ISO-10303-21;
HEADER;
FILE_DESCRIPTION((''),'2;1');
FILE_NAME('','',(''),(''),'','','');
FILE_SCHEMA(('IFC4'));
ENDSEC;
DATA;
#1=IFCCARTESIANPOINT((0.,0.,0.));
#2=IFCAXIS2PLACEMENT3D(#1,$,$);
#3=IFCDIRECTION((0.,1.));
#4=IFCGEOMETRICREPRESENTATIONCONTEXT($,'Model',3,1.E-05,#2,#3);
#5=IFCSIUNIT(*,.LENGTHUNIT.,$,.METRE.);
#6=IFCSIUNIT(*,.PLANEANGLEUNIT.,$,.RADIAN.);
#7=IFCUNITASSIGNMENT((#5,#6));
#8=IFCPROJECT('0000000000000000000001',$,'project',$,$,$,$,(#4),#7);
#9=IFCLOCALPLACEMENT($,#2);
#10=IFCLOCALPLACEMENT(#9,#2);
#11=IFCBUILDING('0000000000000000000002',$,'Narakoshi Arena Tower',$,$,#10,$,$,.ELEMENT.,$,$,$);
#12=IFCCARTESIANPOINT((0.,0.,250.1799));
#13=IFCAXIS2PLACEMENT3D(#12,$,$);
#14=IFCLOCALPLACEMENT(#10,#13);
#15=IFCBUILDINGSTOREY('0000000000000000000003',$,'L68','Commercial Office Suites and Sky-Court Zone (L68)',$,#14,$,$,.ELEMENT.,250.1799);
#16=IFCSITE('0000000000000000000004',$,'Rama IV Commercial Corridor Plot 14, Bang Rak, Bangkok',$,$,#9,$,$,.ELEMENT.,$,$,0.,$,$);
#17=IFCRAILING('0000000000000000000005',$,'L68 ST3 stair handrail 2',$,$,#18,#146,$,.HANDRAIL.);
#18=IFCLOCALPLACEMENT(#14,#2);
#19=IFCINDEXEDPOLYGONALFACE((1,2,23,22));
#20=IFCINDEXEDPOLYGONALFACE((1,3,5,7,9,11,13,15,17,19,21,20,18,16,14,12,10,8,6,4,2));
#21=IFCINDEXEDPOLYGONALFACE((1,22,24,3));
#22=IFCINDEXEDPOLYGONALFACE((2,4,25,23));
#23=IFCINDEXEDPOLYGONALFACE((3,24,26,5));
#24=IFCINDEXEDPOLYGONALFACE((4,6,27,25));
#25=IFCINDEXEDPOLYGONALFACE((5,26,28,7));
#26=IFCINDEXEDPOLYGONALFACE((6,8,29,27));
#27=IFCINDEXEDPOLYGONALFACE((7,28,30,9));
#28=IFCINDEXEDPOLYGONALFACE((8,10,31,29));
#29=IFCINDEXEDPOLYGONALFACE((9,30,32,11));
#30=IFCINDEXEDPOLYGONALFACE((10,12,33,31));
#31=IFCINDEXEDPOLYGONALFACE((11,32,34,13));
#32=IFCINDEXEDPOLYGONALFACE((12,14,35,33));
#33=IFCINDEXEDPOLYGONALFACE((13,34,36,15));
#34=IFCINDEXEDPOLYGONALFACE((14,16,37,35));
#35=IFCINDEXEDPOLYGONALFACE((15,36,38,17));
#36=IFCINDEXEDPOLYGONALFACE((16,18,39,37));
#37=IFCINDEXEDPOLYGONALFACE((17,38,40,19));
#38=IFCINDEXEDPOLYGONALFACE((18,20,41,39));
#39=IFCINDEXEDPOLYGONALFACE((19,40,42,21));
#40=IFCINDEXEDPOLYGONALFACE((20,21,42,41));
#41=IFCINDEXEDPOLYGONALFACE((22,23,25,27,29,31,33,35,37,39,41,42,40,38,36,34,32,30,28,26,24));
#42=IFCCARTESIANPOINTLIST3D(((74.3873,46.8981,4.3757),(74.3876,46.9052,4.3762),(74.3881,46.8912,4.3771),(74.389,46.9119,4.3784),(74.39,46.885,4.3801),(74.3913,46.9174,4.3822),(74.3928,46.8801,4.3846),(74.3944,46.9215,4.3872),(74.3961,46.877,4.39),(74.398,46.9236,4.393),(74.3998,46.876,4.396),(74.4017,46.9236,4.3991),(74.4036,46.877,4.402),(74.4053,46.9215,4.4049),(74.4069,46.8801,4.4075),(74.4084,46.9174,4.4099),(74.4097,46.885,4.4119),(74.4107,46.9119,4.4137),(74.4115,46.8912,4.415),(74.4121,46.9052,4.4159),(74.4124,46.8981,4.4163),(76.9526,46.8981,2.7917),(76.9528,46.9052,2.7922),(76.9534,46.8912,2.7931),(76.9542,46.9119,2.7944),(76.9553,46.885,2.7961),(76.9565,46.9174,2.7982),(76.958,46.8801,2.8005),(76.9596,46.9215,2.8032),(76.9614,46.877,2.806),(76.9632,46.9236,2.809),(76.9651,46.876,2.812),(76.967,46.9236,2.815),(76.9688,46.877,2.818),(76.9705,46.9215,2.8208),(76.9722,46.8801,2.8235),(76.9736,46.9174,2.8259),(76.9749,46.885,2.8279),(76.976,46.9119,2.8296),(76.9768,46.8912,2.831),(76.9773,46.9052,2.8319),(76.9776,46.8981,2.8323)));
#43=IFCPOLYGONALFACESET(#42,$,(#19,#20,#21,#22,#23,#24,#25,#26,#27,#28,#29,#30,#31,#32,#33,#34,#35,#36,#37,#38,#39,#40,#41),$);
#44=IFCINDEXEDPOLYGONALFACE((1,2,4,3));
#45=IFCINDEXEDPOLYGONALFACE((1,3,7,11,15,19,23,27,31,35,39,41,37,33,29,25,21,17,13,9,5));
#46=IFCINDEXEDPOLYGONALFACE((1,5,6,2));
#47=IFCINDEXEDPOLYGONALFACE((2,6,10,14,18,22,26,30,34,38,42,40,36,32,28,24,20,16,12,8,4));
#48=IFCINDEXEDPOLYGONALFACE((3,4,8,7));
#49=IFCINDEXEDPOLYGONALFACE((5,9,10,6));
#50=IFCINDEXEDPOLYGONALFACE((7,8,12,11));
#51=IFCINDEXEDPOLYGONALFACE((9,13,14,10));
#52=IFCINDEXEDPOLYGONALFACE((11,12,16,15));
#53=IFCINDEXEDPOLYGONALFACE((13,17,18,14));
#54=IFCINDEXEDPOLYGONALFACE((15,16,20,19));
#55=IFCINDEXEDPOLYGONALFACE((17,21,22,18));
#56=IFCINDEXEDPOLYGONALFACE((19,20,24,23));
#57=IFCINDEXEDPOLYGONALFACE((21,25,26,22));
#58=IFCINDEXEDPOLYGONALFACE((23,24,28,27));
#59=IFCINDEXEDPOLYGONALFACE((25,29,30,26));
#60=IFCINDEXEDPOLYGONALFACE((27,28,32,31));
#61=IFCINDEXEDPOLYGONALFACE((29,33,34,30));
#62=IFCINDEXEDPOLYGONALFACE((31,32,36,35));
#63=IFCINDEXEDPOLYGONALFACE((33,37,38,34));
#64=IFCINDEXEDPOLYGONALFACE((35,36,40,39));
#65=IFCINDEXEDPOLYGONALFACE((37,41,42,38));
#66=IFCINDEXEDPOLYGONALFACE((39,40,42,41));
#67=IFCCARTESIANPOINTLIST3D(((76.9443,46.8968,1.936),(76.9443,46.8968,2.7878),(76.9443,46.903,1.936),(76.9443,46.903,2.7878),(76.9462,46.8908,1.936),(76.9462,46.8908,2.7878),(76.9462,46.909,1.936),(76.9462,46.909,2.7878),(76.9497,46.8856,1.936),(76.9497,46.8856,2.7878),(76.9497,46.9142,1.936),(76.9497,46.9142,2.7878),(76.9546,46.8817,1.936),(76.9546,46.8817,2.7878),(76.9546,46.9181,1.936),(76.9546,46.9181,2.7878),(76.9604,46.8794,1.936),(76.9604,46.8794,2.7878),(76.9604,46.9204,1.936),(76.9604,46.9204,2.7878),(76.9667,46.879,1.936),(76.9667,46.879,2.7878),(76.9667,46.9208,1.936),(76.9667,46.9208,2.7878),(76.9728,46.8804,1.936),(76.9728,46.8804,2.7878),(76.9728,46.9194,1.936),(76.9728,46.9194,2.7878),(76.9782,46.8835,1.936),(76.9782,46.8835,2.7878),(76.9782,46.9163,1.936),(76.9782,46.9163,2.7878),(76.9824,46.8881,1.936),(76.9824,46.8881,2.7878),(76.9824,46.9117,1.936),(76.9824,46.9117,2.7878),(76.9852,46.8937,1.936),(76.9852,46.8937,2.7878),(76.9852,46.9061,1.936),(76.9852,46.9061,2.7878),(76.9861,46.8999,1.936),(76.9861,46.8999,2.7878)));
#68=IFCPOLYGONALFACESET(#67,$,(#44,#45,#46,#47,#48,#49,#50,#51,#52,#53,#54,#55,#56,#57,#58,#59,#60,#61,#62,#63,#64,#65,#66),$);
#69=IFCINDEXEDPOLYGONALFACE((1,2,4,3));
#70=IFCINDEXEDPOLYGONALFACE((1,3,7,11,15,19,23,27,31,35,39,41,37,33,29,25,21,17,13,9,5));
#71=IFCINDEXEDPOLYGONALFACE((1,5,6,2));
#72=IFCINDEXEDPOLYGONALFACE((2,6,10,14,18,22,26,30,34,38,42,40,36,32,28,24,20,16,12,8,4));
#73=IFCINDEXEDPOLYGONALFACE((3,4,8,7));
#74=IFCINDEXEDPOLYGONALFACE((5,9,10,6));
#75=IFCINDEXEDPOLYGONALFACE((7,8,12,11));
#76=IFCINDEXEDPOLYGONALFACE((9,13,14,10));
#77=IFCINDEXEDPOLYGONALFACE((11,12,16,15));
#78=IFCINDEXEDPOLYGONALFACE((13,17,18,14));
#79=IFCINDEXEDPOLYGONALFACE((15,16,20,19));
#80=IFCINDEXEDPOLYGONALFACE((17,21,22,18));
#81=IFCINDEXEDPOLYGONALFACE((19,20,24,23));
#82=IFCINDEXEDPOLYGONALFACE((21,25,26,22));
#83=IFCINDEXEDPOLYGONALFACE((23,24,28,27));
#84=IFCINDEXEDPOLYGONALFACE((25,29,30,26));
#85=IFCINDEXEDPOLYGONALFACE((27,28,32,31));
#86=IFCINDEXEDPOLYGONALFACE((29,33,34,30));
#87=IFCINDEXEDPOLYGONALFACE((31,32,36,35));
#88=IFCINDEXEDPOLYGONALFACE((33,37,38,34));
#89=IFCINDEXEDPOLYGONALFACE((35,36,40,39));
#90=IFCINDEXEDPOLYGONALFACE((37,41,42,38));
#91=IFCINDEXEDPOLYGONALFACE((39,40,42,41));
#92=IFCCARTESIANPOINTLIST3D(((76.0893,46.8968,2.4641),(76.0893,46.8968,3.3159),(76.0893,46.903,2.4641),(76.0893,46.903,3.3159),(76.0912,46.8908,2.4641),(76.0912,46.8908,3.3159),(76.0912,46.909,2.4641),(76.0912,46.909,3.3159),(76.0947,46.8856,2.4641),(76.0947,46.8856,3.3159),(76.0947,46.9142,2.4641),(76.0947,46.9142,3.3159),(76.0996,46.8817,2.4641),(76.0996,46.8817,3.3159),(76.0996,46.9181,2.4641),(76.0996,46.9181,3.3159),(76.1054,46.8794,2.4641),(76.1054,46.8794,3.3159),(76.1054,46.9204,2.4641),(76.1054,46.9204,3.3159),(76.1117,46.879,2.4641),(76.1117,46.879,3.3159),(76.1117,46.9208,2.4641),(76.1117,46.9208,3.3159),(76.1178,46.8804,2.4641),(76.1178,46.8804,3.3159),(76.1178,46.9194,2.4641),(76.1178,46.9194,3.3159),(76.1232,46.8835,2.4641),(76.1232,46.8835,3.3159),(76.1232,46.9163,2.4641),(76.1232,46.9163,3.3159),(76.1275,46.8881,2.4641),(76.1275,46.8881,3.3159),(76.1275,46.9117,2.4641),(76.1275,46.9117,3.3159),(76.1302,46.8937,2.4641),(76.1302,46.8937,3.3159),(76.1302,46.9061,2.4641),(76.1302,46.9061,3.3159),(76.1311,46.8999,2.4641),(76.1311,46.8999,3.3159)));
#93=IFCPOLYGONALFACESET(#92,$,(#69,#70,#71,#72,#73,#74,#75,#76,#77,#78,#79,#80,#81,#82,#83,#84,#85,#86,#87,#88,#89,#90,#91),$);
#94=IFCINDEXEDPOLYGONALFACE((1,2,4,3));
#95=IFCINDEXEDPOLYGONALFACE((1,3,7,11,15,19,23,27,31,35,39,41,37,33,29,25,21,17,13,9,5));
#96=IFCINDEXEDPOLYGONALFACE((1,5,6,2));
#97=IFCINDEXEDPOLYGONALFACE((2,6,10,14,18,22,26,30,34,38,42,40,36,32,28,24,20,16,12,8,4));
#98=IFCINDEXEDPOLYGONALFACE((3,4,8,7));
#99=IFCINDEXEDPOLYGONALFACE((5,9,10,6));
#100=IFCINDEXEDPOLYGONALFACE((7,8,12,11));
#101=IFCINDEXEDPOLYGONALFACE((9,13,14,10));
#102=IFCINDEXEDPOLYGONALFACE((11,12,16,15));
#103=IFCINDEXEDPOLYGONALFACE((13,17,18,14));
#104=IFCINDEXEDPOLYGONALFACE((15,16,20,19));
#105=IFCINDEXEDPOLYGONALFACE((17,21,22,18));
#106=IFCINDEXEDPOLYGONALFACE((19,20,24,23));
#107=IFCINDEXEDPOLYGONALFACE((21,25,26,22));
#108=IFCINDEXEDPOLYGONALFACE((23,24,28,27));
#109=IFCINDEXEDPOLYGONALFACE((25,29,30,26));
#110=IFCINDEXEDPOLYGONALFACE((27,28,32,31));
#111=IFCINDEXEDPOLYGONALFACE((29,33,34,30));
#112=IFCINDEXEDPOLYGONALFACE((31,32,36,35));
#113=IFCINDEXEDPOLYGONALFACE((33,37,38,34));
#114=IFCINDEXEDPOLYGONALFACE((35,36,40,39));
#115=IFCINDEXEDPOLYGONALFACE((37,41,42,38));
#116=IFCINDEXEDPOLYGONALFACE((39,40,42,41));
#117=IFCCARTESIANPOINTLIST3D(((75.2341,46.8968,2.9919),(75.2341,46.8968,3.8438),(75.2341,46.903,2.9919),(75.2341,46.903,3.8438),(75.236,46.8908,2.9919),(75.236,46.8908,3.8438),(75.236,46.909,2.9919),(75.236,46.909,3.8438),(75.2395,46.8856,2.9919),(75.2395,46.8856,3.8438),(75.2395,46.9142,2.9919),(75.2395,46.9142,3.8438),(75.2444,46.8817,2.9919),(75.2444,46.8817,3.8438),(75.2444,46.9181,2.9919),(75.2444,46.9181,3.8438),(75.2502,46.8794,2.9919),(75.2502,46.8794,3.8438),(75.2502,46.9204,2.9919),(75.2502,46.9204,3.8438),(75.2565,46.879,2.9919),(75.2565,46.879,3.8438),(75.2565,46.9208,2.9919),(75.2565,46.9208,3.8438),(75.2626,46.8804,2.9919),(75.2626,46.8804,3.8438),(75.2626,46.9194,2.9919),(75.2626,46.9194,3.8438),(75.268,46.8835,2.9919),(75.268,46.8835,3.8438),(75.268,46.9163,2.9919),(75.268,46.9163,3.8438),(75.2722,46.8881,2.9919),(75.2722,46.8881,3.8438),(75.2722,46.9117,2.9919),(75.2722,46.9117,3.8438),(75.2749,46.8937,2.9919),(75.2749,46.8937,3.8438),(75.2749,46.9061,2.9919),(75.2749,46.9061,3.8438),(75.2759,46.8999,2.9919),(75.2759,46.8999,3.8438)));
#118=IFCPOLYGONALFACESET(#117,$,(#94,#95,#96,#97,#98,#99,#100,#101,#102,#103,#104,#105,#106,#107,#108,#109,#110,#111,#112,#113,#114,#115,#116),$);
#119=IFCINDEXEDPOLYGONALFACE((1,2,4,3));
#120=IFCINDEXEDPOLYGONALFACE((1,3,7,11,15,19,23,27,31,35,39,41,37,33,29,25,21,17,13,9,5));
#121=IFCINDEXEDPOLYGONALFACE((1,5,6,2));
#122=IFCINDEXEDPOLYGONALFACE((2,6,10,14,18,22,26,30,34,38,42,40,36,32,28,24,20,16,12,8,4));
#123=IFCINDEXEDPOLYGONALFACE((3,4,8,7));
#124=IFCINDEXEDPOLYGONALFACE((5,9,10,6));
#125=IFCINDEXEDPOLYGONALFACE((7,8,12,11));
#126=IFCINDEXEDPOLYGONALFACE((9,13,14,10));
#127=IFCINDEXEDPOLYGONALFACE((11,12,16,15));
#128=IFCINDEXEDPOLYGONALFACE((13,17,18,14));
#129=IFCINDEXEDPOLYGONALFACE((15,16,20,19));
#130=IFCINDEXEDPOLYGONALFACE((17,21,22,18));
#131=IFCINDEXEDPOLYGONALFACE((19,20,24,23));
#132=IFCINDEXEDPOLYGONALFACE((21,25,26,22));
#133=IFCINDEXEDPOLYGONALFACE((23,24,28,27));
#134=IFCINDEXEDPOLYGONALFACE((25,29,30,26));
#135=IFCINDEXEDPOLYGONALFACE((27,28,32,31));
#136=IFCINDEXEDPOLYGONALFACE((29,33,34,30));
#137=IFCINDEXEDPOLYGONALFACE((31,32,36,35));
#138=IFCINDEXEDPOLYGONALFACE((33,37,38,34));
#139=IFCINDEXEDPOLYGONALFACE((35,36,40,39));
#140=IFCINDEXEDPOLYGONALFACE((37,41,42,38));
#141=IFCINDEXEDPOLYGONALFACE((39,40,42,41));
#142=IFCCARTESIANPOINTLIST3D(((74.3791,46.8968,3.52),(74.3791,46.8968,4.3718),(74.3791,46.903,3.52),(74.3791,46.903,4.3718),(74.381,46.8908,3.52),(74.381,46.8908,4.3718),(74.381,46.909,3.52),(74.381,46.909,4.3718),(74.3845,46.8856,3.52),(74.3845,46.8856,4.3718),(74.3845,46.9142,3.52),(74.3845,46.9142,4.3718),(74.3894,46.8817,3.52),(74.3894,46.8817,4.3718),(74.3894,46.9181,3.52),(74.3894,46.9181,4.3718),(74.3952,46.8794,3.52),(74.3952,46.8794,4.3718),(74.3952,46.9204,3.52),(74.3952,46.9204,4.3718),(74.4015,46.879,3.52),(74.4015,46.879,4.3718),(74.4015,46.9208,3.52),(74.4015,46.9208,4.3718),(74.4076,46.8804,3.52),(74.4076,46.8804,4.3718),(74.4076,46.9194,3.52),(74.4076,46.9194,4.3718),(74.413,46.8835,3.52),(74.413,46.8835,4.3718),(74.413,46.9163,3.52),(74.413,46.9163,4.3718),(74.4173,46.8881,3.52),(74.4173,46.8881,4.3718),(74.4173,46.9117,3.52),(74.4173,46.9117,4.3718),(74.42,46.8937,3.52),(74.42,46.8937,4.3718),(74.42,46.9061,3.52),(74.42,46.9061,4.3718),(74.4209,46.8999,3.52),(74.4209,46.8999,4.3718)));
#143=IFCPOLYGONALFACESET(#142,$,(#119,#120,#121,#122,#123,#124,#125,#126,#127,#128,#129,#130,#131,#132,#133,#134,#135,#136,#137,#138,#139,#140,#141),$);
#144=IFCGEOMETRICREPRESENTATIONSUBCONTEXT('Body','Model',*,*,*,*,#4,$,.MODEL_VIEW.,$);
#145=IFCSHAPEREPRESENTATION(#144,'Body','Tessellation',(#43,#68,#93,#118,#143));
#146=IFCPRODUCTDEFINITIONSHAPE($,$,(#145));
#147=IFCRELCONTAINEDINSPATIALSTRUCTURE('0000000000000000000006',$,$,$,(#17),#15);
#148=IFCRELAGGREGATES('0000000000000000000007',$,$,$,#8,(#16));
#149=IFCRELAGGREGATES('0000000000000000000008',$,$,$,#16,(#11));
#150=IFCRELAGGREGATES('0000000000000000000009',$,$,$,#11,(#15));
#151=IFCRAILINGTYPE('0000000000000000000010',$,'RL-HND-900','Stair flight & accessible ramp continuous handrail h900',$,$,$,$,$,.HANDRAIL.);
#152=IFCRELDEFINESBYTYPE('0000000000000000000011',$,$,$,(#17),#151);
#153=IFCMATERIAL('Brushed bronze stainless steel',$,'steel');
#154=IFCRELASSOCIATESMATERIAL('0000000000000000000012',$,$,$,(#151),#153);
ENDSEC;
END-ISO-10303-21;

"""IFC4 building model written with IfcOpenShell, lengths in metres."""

from ifc_helpers import new_model, si_unit, direction, frame, origin, origin_2d, place, context, subcontext, project, spatial, circle, extrude, material, type_object, element, save


model = new_model("IFC4")

# Units and contexts
model_context = context("Model", 3, precision=1e-05, world=origin(), true_north=direction((0.0, 1.0)))
body_context = subcontext(model_context, "Body", "Model", "MODEL_VIEW")
ifc_project = project(units=[si_unit("LENGTHUNIT", "METRE"), si_unit("PLANEANGLEUNIT", "RADIAN")], contexts=[model_context])

# Site, building, storey
site_placement = place(None, origin())
site = spatial("IfcSite", under=ifc_project, at=site_placement, Name="Rama IV Commercial Corridor Plot 14, Bang Rak, Bangkok", CompositionType="ELEMENT", RefElevation=0.0)
building_placement = place(site_placement, origin())
building = spatial("IfcBuilding", under=site, at=building_placement, Name="Narakoshi Arena Tower", CompositionType="ELEMENT")
storey_placement = place(building_placement, frame((0.0, 0.0, 250.1799)))
storey = spatial("IfcBuildingStorey", under=building, at=storey_placement, Name="L68", Description="Commercial Office Suites and Sky-Court Zone (L68)", CompositionType="ELEMENT", Elevation=250.1799)

# Shared definitions
ifc_material_1 = material(Name="Brushed bronze stainless steel", Category="steel")

# Railing
railing_type = type_object("IfcRailingType", Name="RL-HND-900", Description="Stair flight & accessible ramp continuous handrail h900", PredefinedType="HANDRAIL", material=ifc_material_1)
railing_placement = place(storey_placement, frame((76.9651, 46.8999, 1.936)))
element("IfcRailing", 1, at=railing_placement, inside=storey, type_object=railing_type, Name="L68 ST3 stair handrail 2", PredefinedType="HANDRAIL", context=body_context, shape_type="SweptSolid", body=[
    extrude(circle(Radius=0.0239, at=origin_2d()), frame((0.0, 0.0, 0.876), z_axis=(-0.850857, 0.0, 0.525398), x_axis=(0.0, -1.0, 0.0)), (0.0, 0.0, 1.0), 3.0149),
    extrude(circle(Radius=0.021, at=origin_2d()), origin(), (0.0, 0.0, 1.0), 0.8518),
    extrude(circle(Radius=0.021, at=origin_2d()), frame((-0.855, 0.0, 0.5281)), (0.0, 0.0, 1.0), 0.8518),
    extrude(circle(Radius=0.021, at=origin_2d()), frame((-1.7102, 0.0, 1.0559)), (0.0, 0.0, 1.0), 0.8518),
    extrude(circle(Radius=0.021, at=origin_2d()), frame((-2.5652, 0.0, 1.584)), (0.0, 0.0, 1.0), 0.8518),
])

save(model, "model.ifc")
